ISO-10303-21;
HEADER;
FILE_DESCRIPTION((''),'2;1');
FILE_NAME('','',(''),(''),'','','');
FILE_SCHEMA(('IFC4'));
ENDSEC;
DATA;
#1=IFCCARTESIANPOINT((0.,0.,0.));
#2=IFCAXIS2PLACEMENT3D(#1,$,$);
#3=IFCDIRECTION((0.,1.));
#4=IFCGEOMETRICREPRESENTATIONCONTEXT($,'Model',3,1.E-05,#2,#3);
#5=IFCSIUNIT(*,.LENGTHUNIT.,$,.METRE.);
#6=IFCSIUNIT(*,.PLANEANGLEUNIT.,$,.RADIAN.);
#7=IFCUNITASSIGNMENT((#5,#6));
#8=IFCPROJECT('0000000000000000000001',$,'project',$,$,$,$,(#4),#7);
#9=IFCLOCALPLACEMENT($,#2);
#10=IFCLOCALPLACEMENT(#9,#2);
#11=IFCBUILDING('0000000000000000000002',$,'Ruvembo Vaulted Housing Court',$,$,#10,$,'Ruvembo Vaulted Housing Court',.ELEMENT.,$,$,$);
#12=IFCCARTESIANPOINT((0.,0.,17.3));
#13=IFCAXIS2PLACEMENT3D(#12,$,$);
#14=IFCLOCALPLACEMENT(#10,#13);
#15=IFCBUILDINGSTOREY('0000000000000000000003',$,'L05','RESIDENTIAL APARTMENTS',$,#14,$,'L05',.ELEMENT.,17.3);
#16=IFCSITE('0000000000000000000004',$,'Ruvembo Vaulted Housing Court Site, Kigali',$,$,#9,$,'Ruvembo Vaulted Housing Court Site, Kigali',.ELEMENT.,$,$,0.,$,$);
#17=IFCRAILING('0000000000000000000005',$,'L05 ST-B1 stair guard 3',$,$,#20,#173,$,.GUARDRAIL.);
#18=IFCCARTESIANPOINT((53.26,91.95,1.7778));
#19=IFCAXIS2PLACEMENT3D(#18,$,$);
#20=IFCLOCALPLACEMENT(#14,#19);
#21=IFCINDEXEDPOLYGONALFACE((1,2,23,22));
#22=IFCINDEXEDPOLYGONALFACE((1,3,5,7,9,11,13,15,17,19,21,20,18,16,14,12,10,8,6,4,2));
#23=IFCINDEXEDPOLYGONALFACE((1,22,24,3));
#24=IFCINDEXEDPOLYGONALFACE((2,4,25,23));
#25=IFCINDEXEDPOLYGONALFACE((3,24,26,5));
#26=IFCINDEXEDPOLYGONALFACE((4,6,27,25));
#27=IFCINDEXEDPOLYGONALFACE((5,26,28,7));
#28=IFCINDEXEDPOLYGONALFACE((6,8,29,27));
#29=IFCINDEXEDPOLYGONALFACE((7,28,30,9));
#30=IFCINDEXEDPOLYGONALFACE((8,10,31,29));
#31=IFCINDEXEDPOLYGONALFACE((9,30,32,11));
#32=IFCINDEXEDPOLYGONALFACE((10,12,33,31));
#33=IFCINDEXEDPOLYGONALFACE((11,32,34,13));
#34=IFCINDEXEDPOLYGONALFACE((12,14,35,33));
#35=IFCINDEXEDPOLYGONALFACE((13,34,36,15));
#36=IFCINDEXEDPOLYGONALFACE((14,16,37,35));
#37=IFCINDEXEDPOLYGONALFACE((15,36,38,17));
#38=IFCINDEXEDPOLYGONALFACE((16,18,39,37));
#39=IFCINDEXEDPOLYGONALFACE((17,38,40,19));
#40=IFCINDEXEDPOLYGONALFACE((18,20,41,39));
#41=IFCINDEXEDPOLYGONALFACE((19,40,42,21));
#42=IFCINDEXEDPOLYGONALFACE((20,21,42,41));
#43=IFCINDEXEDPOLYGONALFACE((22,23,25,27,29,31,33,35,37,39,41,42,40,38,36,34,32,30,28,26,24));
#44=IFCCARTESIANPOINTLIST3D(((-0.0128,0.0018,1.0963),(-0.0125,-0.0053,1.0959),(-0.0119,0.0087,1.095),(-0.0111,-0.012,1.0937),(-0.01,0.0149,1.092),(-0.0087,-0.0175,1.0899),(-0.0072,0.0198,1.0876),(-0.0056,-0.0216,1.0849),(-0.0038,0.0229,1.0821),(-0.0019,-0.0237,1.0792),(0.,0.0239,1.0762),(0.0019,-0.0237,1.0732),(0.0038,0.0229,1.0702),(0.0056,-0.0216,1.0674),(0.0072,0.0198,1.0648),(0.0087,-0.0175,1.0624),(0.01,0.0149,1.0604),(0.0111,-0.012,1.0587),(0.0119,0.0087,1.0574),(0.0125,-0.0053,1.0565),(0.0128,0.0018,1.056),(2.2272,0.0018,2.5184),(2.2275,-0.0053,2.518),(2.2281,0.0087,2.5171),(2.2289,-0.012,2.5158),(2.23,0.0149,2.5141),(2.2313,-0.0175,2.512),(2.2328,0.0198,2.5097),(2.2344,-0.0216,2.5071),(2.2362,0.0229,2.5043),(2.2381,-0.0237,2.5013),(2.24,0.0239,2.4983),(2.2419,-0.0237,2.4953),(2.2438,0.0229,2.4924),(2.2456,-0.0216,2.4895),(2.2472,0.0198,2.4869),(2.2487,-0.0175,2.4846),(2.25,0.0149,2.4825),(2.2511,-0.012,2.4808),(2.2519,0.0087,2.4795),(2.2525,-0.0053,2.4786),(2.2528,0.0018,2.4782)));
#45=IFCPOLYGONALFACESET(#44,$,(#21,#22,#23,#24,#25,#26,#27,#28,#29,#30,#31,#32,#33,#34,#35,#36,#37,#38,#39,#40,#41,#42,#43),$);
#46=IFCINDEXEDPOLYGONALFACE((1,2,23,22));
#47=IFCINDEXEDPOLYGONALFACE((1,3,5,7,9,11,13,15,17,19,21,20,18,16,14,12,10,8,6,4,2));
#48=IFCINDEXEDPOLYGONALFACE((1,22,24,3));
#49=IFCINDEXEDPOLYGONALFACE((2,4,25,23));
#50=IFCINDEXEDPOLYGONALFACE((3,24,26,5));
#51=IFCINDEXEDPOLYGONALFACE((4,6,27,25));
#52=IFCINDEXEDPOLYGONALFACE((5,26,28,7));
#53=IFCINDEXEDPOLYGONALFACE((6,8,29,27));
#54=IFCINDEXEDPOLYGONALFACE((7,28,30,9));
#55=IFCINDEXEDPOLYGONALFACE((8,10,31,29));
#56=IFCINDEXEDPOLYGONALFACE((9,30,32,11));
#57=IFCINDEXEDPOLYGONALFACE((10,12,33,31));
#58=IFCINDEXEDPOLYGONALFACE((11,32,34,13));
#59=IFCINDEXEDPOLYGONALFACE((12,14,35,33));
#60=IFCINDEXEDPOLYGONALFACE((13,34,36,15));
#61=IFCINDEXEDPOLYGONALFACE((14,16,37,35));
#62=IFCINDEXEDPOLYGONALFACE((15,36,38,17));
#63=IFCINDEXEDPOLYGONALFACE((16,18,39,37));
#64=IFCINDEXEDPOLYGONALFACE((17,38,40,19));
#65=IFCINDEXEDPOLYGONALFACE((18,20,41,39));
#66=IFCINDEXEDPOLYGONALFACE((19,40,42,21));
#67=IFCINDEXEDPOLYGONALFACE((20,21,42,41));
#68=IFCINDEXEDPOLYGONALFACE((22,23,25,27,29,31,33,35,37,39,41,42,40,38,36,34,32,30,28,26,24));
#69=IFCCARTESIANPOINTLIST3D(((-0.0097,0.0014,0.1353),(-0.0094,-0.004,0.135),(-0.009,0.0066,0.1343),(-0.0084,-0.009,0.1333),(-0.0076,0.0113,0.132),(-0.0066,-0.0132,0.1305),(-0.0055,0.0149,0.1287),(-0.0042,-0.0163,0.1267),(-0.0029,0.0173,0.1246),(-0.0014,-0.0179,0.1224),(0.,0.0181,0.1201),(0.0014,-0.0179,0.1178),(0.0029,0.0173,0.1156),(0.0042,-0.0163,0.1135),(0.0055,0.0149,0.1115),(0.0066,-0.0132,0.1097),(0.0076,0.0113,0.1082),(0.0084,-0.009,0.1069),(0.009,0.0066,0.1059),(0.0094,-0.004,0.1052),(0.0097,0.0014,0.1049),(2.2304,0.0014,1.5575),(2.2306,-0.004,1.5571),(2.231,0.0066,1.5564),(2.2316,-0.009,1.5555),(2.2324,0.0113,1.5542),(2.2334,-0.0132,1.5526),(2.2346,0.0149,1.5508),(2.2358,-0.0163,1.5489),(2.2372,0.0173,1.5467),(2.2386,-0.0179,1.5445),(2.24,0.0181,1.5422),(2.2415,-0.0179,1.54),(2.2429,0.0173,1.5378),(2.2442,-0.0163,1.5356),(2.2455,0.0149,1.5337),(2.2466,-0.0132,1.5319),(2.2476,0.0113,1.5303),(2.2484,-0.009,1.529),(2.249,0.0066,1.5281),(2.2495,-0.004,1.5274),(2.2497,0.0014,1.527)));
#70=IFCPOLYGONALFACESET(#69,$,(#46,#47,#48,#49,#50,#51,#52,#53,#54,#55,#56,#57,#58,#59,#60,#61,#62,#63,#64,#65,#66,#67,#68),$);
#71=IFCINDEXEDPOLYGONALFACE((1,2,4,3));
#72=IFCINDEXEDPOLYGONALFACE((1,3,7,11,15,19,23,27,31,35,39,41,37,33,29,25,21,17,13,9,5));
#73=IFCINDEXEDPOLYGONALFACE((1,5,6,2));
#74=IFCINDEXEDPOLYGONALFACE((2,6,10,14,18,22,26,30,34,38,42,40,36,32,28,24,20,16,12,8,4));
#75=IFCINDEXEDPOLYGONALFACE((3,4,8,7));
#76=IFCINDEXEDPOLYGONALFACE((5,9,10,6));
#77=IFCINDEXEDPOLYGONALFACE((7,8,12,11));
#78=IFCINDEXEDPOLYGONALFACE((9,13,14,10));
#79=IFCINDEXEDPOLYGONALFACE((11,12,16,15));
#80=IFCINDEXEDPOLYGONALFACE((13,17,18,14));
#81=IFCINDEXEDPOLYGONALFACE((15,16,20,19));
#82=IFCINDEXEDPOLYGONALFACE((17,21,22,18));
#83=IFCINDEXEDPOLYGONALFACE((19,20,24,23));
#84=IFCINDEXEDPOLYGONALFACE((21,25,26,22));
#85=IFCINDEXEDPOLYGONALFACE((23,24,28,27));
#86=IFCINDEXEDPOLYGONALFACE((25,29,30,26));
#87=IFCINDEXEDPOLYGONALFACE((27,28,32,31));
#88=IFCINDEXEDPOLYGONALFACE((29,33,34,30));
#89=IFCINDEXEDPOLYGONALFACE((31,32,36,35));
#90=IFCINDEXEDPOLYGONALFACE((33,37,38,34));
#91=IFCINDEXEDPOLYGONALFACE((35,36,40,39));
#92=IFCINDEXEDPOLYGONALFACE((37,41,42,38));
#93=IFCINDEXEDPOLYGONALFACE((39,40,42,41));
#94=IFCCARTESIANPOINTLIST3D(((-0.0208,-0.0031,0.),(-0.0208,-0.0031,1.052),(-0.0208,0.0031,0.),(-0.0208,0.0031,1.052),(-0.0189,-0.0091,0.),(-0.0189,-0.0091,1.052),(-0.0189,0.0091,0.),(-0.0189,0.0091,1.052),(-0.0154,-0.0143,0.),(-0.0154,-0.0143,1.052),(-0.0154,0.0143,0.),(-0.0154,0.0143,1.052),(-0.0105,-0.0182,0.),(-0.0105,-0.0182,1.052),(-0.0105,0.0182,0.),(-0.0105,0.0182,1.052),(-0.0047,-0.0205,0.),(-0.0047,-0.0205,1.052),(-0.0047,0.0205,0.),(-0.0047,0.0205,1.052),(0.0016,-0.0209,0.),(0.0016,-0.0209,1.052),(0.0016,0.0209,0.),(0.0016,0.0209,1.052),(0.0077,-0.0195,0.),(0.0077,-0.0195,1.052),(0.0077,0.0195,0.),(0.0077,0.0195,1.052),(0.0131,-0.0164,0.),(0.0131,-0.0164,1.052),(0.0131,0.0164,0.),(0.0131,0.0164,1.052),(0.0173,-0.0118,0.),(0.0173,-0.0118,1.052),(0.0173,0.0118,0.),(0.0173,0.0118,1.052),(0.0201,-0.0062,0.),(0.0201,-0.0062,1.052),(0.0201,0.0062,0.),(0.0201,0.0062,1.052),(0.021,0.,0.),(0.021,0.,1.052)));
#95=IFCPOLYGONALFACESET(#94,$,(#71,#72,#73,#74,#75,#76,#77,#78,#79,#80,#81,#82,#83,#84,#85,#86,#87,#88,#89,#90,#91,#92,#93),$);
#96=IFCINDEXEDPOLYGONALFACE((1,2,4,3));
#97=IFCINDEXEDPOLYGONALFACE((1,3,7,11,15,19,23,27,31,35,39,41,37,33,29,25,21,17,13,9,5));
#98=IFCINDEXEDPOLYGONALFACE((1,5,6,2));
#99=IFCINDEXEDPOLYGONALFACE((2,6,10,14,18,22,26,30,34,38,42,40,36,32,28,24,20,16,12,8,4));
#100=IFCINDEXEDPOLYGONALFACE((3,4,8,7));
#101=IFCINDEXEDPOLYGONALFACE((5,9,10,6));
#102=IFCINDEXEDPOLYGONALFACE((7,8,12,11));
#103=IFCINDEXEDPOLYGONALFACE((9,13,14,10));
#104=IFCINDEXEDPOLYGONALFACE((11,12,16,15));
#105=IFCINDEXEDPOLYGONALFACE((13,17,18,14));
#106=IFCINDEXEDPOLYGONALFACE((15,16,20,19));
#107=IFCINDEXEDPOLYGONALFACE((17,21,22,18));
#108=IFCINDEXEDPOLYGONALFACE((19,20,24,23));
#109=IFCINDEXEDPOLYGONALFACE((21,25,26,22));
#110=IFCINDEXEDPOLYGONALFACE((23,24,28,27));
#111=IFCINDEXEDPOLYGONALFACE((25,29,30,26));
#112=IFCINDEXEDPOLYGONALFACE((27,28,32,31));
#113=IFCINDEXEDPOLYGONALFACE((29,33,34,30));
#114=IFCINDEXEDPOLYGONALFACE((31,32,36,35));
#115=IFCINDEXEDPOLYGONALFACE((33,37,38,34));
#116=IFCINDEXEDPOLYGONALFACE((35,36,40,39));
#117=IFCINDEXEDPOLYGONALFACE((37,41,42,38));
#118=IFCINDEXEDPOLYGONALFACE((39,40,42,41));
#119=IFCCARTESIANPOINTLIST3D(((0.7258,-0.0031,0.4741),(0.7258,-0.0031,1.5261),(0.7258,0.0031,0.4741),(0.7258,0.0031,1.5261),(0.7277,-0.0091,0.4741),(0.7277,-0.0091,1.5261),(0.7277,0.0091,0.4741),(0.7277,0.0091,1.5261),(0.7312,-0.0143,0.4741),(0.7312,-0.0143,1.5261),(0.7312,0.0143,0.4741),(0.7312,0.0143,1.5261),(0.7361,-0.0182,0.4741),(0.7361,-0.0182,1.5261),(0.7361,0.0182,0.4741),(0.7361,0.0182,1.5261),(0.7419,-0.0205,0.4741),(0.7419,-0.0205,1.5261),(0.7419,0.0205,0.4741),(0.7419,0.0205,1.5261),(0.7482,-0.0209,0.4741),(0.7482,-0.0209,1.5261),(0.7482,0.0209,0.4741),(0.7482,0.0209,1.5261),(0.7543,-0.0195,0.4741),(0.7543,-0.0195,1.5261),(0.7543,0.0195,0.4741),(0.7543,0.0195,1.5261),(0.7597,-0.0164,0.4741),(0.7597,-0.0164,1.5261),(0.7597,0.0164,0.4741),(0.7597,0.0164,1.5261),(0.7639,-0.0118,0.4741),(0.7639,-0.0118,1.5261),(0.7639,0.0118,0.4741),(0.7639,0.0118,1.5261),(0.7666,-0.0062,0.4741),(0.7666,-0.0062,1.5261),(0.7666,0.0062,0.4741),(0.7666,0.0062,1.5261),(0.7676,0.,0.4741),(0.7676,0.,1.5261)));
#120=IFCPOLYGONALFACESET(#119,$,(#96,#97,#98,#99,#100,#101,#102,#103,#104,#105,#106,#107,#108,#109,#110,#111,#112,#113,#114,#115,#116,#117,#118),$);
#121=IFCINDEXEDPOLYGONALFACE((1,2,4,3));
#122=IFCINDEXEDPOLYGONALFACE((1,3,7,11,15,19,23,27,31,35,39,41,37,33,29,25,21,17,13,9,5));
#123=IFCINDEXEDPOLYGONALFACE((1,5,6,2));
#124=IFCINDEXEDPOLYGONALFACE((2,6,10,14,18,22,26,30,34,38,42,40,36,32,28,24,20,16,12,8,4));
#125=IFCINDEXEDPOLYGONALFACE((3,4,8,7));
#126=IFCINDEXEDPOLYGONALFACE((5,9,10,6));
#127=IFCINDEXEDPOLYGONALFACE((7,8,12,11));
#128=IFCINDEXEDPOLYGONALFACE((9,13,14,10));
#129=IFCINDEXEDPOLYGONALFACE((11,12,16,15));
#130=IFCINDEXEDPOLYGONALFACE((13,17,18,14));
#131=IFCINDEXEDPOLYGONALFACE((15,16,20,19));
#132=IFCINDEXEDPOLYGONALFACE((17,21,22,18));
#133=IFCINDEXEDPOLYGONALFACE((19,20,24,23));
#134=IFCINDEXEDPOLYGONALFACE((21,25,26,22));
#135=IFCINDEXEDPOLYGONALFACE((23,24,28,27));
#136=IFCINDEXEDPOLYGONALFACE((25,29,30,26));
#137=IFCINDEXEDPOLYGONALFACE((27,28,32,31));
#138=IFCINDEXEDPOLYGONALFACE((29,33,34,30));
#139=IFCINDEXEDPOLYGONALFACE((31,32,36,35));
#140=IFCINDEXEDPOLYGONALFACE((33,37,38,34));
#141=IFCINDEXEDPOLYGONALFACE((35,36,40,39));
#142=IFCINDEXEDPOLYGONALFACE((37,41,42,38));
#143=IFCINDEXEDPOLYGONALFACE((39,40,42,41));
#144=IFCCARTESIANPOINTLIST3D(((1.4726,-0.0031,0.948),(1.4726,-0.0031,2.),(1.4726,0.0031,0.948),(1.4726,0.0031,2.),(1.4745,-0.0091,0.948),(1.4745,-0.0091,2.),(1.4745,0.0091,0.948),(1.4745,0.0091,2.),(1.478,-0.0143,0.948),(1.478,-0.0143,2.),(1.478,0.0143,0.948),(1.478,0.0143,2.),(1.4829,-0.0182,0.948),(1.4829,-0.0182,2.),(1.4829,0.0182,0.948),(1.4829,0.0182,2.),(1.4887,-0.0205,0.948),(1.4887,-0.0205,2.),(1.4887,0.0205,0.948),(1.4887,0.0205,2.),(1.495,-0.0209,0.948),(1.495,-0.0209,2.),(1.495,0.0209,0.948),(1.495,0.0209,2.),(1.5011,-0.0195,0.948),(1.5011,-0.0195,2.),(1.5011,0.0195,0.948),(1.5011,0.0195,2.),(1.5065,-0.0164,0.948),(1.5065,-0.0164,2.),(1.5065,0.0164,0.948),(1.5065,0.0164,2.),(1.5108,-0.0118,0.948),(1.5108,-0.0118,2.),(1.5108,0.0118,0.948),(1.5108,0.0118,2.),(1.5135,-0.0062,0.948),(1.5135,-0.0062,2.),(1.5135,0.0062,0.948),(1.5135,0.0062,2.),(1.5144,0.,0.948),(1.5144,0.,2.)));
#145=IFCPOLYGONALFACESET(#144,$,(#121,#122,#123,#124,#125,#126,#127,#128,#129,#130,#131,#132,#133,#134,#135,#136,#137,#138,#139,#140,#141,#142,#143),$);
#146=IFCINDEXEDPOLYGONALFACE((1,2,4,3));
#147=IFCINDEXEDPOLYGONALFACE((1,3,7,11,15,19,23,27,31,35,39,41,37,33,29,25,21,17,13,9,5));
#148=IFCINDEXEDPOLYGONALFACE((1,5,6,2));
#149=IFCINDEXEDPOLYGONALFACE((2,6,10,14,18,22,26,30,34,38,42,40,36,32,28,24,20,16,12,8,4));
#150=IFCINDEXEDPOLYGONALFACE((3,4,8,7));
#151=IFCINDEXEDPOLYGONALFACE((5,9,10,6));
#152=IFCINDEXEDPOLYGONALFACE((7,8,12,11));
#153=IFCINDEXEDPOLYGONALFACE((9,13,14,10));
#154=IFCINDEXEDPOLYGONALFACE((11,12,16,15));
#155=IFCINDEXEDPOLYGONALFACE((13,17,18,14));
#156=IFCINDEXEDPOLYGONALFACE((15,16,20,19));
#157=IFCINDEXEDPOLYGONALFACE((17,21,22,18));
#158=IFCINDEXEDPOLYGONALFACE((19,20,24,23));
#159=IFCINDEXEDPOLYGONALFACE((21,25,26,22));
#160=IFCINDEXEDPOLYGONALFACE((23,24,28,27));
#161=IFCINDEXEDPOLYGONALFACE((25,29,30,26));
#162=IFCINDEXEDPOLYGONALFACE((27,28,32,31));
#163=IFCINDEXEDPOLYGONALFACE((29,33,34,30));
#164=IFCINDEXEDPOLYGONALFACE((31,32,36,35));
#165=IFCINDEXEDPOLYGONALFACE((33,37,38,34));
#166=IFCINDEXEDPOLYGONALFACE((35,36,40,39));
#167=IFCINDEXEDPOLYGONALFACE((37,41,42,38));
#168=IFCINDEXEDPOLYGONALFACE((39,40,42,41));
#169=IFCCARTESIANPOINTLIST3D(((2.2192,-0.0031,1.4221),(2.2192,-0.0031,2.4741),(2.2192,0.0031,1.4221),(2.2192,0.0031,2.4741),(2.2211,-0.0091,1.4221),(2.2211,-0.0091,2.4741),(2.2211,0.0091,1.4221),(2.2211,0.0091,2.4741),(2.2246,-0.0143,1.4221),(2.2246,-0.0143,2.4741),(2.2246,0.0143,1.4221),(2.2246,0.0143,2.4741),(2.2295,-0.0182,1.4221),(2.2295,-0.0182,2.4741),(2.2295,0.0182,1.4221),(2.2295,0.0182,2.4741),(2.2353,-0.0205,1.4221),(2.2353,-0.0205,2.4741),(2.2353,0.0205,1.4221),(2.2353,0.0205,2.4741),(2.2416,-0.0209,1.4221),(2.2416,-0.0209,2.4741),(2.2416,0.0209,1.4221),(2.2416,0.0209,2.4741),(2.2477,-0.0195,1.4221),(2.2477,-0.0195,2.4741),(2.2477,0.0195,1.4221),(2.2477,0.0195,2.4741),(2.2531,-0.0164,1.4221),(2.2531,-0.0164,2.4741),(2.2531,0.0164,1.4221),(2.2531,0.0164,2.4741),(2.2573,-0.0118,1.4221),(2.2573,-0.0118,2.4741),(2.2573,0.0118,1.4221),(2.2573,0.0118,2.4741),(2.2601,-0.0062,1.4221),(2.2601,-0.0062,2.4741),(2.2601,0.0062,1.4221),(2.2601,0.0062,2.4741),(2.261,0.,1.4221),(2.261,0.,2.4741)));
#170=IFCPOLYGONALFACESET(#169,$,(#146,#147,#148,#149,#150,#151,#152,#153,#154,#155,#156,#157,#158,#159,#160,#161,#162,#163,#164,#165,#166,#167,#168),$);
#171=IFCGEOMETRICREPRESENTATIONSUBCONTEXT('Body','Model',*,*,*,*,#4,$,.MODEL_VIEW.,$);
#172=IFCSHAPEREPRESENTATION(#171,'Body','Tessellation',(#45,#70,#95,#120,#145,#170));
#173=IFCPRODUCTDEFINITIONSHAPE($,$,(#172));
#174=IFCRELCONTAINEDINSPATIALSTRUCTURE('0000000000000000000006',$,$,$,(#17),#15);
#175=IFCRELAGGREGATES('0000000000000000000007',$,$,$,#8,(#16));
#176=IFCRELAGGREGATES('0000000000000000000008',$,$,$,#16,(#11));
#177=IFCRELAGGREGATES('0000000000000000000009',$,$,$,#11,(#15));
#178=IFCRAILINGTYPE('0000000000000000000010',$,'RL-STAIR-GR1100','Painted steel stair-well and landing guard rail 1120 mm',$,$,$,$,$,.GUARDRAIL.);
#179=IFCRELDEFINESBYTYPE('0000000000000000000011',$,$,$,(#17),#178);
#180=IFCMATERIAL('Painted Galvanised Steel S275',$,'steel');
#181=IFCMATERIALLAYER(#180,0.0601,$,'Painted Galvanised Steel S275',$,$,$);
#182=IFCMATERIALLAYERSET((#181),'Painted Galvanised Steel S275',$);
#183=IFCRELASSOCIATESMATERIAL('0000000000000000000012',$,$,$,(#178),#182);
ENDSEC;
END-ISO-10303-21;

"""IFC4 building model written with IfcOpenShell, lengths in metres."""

from ifc_helpers import new_model, si_unit, direction, frame, origin, origin_2d, place, context, subcontext, project, spatial, circle, extrude, material, layer, layer_set, type_object, element, save


model = new_model("IFC4")

# Units and contexts
model_context = context("Model", 3, precision=1e-05, world=origin(), true_north=direction((0.0, 1.0)))
body_context = subcontext(model_context, "Body", "Model", "MODEL_VIEW")
ifc_project = project(units=[si_unit("LENGTHUNIT", "METRE"), si_unit("PLANEANGLEUNIT", "RADIAN")], contexts=[model_context])

# Site, building, storey
site_placement = place(None, origin())
site = spatial("IfcSite", under=ifc_project, at=site_placement, Name="Ruvembo Vaulted Housing Court Site, Kigali", LongName="Ruvembo Vaulted Housing Court Site, Kigali", CompositionType="ELEMENT", RefElevation=0.0)
building_placement = place(site_placement, origin())
building = spatial("IfcBuilding", under=site, at=building_placement, Name="Ruvembo Vaulted Housing Court", LongName="Ruvembo Vaulted Housing Court", CompositionType="ELEMENT")
storey_placement = place(building_placement, frame((0.0, 0.0, 17.3)))
storey = spatial("IfcBuildingStorey", under=building, at=storey_placement, Name="L05", Description="RESIDENTIAL APARTMENTS", LongName="L05", CompositionType="ELEMENT", Elevation=17.3)

# Railing
ifc_material_1 = material(Name="Painted Galvanised Steel S275", Category="steel")
ifc_layer_1 = layer(ifc_material_1, 0.0601, Name="Painted Galvanised Steel S275")
ifc_layer_set_1 = layer_set([ifc_layer_1], Name="Painted Galvanised Steel S275")
railing_type_1 = type_object("IfcRailingType", Name="RL-STAIR-GR1100", Description="Painted steel stair-well and landing guard rail 1120 mm", PredefinedType="GUARDRAIL", material=ifc_layer_set_1)
railing_1_placement = place(storey_placement, frame((53.26, 91.95, 1.7778)))
element("IfcRailing", 1, at=railing_1_placement, inside=storey, type_object=railing_type_1, Name="L05 ST-B1 stair guard 3", PredefinedType="GUARDRAIL", context=body_context, shape_type="SweptSolid", body=[
    extrude(circle(Radius=0.0239, at=origin_2d()), frame((0.0, 0.0, 1.0762), z_axis=(0.844229, 0.0, 0.535982), x_axis=(0.0, 1.0, 0.0)), (0.0, 0.0, 1.0), 2.6533),
    extrude(circle(Radius=0.0181, at=origin_2d()), frame((0.0, 0.0, 0.1201), z_axis=(0.844229, 0.0, 0.535982), x_axis=(0.0, 1.0, 0.0)), (0.0, 0.0, 1.0), 2.6533),
    extrude(circle(Radius=0.021, at=origin_2d()), origin(), (0.0, 0.0, 1.0), 1.052),
    extrude(circle(Radius=0.021, at=origin_2d()), frame((0.7466, 0.0, 0.4741)), (0.0, 0.0, 1.0), 1.052),
    extrude(circle(Radius=0.021, at=origin_2d()), frame((1.4934, 0.0, 0.948)), (0.0, 0.0, 1.0), 1.052),
    extrude(circle(Radius=0.021, at=origin_2d()), frame((2.24, 0.0, 1.4221)), (0.0, 0.0, 1.0), 1.052),
])

save(model, "model.ifc")
